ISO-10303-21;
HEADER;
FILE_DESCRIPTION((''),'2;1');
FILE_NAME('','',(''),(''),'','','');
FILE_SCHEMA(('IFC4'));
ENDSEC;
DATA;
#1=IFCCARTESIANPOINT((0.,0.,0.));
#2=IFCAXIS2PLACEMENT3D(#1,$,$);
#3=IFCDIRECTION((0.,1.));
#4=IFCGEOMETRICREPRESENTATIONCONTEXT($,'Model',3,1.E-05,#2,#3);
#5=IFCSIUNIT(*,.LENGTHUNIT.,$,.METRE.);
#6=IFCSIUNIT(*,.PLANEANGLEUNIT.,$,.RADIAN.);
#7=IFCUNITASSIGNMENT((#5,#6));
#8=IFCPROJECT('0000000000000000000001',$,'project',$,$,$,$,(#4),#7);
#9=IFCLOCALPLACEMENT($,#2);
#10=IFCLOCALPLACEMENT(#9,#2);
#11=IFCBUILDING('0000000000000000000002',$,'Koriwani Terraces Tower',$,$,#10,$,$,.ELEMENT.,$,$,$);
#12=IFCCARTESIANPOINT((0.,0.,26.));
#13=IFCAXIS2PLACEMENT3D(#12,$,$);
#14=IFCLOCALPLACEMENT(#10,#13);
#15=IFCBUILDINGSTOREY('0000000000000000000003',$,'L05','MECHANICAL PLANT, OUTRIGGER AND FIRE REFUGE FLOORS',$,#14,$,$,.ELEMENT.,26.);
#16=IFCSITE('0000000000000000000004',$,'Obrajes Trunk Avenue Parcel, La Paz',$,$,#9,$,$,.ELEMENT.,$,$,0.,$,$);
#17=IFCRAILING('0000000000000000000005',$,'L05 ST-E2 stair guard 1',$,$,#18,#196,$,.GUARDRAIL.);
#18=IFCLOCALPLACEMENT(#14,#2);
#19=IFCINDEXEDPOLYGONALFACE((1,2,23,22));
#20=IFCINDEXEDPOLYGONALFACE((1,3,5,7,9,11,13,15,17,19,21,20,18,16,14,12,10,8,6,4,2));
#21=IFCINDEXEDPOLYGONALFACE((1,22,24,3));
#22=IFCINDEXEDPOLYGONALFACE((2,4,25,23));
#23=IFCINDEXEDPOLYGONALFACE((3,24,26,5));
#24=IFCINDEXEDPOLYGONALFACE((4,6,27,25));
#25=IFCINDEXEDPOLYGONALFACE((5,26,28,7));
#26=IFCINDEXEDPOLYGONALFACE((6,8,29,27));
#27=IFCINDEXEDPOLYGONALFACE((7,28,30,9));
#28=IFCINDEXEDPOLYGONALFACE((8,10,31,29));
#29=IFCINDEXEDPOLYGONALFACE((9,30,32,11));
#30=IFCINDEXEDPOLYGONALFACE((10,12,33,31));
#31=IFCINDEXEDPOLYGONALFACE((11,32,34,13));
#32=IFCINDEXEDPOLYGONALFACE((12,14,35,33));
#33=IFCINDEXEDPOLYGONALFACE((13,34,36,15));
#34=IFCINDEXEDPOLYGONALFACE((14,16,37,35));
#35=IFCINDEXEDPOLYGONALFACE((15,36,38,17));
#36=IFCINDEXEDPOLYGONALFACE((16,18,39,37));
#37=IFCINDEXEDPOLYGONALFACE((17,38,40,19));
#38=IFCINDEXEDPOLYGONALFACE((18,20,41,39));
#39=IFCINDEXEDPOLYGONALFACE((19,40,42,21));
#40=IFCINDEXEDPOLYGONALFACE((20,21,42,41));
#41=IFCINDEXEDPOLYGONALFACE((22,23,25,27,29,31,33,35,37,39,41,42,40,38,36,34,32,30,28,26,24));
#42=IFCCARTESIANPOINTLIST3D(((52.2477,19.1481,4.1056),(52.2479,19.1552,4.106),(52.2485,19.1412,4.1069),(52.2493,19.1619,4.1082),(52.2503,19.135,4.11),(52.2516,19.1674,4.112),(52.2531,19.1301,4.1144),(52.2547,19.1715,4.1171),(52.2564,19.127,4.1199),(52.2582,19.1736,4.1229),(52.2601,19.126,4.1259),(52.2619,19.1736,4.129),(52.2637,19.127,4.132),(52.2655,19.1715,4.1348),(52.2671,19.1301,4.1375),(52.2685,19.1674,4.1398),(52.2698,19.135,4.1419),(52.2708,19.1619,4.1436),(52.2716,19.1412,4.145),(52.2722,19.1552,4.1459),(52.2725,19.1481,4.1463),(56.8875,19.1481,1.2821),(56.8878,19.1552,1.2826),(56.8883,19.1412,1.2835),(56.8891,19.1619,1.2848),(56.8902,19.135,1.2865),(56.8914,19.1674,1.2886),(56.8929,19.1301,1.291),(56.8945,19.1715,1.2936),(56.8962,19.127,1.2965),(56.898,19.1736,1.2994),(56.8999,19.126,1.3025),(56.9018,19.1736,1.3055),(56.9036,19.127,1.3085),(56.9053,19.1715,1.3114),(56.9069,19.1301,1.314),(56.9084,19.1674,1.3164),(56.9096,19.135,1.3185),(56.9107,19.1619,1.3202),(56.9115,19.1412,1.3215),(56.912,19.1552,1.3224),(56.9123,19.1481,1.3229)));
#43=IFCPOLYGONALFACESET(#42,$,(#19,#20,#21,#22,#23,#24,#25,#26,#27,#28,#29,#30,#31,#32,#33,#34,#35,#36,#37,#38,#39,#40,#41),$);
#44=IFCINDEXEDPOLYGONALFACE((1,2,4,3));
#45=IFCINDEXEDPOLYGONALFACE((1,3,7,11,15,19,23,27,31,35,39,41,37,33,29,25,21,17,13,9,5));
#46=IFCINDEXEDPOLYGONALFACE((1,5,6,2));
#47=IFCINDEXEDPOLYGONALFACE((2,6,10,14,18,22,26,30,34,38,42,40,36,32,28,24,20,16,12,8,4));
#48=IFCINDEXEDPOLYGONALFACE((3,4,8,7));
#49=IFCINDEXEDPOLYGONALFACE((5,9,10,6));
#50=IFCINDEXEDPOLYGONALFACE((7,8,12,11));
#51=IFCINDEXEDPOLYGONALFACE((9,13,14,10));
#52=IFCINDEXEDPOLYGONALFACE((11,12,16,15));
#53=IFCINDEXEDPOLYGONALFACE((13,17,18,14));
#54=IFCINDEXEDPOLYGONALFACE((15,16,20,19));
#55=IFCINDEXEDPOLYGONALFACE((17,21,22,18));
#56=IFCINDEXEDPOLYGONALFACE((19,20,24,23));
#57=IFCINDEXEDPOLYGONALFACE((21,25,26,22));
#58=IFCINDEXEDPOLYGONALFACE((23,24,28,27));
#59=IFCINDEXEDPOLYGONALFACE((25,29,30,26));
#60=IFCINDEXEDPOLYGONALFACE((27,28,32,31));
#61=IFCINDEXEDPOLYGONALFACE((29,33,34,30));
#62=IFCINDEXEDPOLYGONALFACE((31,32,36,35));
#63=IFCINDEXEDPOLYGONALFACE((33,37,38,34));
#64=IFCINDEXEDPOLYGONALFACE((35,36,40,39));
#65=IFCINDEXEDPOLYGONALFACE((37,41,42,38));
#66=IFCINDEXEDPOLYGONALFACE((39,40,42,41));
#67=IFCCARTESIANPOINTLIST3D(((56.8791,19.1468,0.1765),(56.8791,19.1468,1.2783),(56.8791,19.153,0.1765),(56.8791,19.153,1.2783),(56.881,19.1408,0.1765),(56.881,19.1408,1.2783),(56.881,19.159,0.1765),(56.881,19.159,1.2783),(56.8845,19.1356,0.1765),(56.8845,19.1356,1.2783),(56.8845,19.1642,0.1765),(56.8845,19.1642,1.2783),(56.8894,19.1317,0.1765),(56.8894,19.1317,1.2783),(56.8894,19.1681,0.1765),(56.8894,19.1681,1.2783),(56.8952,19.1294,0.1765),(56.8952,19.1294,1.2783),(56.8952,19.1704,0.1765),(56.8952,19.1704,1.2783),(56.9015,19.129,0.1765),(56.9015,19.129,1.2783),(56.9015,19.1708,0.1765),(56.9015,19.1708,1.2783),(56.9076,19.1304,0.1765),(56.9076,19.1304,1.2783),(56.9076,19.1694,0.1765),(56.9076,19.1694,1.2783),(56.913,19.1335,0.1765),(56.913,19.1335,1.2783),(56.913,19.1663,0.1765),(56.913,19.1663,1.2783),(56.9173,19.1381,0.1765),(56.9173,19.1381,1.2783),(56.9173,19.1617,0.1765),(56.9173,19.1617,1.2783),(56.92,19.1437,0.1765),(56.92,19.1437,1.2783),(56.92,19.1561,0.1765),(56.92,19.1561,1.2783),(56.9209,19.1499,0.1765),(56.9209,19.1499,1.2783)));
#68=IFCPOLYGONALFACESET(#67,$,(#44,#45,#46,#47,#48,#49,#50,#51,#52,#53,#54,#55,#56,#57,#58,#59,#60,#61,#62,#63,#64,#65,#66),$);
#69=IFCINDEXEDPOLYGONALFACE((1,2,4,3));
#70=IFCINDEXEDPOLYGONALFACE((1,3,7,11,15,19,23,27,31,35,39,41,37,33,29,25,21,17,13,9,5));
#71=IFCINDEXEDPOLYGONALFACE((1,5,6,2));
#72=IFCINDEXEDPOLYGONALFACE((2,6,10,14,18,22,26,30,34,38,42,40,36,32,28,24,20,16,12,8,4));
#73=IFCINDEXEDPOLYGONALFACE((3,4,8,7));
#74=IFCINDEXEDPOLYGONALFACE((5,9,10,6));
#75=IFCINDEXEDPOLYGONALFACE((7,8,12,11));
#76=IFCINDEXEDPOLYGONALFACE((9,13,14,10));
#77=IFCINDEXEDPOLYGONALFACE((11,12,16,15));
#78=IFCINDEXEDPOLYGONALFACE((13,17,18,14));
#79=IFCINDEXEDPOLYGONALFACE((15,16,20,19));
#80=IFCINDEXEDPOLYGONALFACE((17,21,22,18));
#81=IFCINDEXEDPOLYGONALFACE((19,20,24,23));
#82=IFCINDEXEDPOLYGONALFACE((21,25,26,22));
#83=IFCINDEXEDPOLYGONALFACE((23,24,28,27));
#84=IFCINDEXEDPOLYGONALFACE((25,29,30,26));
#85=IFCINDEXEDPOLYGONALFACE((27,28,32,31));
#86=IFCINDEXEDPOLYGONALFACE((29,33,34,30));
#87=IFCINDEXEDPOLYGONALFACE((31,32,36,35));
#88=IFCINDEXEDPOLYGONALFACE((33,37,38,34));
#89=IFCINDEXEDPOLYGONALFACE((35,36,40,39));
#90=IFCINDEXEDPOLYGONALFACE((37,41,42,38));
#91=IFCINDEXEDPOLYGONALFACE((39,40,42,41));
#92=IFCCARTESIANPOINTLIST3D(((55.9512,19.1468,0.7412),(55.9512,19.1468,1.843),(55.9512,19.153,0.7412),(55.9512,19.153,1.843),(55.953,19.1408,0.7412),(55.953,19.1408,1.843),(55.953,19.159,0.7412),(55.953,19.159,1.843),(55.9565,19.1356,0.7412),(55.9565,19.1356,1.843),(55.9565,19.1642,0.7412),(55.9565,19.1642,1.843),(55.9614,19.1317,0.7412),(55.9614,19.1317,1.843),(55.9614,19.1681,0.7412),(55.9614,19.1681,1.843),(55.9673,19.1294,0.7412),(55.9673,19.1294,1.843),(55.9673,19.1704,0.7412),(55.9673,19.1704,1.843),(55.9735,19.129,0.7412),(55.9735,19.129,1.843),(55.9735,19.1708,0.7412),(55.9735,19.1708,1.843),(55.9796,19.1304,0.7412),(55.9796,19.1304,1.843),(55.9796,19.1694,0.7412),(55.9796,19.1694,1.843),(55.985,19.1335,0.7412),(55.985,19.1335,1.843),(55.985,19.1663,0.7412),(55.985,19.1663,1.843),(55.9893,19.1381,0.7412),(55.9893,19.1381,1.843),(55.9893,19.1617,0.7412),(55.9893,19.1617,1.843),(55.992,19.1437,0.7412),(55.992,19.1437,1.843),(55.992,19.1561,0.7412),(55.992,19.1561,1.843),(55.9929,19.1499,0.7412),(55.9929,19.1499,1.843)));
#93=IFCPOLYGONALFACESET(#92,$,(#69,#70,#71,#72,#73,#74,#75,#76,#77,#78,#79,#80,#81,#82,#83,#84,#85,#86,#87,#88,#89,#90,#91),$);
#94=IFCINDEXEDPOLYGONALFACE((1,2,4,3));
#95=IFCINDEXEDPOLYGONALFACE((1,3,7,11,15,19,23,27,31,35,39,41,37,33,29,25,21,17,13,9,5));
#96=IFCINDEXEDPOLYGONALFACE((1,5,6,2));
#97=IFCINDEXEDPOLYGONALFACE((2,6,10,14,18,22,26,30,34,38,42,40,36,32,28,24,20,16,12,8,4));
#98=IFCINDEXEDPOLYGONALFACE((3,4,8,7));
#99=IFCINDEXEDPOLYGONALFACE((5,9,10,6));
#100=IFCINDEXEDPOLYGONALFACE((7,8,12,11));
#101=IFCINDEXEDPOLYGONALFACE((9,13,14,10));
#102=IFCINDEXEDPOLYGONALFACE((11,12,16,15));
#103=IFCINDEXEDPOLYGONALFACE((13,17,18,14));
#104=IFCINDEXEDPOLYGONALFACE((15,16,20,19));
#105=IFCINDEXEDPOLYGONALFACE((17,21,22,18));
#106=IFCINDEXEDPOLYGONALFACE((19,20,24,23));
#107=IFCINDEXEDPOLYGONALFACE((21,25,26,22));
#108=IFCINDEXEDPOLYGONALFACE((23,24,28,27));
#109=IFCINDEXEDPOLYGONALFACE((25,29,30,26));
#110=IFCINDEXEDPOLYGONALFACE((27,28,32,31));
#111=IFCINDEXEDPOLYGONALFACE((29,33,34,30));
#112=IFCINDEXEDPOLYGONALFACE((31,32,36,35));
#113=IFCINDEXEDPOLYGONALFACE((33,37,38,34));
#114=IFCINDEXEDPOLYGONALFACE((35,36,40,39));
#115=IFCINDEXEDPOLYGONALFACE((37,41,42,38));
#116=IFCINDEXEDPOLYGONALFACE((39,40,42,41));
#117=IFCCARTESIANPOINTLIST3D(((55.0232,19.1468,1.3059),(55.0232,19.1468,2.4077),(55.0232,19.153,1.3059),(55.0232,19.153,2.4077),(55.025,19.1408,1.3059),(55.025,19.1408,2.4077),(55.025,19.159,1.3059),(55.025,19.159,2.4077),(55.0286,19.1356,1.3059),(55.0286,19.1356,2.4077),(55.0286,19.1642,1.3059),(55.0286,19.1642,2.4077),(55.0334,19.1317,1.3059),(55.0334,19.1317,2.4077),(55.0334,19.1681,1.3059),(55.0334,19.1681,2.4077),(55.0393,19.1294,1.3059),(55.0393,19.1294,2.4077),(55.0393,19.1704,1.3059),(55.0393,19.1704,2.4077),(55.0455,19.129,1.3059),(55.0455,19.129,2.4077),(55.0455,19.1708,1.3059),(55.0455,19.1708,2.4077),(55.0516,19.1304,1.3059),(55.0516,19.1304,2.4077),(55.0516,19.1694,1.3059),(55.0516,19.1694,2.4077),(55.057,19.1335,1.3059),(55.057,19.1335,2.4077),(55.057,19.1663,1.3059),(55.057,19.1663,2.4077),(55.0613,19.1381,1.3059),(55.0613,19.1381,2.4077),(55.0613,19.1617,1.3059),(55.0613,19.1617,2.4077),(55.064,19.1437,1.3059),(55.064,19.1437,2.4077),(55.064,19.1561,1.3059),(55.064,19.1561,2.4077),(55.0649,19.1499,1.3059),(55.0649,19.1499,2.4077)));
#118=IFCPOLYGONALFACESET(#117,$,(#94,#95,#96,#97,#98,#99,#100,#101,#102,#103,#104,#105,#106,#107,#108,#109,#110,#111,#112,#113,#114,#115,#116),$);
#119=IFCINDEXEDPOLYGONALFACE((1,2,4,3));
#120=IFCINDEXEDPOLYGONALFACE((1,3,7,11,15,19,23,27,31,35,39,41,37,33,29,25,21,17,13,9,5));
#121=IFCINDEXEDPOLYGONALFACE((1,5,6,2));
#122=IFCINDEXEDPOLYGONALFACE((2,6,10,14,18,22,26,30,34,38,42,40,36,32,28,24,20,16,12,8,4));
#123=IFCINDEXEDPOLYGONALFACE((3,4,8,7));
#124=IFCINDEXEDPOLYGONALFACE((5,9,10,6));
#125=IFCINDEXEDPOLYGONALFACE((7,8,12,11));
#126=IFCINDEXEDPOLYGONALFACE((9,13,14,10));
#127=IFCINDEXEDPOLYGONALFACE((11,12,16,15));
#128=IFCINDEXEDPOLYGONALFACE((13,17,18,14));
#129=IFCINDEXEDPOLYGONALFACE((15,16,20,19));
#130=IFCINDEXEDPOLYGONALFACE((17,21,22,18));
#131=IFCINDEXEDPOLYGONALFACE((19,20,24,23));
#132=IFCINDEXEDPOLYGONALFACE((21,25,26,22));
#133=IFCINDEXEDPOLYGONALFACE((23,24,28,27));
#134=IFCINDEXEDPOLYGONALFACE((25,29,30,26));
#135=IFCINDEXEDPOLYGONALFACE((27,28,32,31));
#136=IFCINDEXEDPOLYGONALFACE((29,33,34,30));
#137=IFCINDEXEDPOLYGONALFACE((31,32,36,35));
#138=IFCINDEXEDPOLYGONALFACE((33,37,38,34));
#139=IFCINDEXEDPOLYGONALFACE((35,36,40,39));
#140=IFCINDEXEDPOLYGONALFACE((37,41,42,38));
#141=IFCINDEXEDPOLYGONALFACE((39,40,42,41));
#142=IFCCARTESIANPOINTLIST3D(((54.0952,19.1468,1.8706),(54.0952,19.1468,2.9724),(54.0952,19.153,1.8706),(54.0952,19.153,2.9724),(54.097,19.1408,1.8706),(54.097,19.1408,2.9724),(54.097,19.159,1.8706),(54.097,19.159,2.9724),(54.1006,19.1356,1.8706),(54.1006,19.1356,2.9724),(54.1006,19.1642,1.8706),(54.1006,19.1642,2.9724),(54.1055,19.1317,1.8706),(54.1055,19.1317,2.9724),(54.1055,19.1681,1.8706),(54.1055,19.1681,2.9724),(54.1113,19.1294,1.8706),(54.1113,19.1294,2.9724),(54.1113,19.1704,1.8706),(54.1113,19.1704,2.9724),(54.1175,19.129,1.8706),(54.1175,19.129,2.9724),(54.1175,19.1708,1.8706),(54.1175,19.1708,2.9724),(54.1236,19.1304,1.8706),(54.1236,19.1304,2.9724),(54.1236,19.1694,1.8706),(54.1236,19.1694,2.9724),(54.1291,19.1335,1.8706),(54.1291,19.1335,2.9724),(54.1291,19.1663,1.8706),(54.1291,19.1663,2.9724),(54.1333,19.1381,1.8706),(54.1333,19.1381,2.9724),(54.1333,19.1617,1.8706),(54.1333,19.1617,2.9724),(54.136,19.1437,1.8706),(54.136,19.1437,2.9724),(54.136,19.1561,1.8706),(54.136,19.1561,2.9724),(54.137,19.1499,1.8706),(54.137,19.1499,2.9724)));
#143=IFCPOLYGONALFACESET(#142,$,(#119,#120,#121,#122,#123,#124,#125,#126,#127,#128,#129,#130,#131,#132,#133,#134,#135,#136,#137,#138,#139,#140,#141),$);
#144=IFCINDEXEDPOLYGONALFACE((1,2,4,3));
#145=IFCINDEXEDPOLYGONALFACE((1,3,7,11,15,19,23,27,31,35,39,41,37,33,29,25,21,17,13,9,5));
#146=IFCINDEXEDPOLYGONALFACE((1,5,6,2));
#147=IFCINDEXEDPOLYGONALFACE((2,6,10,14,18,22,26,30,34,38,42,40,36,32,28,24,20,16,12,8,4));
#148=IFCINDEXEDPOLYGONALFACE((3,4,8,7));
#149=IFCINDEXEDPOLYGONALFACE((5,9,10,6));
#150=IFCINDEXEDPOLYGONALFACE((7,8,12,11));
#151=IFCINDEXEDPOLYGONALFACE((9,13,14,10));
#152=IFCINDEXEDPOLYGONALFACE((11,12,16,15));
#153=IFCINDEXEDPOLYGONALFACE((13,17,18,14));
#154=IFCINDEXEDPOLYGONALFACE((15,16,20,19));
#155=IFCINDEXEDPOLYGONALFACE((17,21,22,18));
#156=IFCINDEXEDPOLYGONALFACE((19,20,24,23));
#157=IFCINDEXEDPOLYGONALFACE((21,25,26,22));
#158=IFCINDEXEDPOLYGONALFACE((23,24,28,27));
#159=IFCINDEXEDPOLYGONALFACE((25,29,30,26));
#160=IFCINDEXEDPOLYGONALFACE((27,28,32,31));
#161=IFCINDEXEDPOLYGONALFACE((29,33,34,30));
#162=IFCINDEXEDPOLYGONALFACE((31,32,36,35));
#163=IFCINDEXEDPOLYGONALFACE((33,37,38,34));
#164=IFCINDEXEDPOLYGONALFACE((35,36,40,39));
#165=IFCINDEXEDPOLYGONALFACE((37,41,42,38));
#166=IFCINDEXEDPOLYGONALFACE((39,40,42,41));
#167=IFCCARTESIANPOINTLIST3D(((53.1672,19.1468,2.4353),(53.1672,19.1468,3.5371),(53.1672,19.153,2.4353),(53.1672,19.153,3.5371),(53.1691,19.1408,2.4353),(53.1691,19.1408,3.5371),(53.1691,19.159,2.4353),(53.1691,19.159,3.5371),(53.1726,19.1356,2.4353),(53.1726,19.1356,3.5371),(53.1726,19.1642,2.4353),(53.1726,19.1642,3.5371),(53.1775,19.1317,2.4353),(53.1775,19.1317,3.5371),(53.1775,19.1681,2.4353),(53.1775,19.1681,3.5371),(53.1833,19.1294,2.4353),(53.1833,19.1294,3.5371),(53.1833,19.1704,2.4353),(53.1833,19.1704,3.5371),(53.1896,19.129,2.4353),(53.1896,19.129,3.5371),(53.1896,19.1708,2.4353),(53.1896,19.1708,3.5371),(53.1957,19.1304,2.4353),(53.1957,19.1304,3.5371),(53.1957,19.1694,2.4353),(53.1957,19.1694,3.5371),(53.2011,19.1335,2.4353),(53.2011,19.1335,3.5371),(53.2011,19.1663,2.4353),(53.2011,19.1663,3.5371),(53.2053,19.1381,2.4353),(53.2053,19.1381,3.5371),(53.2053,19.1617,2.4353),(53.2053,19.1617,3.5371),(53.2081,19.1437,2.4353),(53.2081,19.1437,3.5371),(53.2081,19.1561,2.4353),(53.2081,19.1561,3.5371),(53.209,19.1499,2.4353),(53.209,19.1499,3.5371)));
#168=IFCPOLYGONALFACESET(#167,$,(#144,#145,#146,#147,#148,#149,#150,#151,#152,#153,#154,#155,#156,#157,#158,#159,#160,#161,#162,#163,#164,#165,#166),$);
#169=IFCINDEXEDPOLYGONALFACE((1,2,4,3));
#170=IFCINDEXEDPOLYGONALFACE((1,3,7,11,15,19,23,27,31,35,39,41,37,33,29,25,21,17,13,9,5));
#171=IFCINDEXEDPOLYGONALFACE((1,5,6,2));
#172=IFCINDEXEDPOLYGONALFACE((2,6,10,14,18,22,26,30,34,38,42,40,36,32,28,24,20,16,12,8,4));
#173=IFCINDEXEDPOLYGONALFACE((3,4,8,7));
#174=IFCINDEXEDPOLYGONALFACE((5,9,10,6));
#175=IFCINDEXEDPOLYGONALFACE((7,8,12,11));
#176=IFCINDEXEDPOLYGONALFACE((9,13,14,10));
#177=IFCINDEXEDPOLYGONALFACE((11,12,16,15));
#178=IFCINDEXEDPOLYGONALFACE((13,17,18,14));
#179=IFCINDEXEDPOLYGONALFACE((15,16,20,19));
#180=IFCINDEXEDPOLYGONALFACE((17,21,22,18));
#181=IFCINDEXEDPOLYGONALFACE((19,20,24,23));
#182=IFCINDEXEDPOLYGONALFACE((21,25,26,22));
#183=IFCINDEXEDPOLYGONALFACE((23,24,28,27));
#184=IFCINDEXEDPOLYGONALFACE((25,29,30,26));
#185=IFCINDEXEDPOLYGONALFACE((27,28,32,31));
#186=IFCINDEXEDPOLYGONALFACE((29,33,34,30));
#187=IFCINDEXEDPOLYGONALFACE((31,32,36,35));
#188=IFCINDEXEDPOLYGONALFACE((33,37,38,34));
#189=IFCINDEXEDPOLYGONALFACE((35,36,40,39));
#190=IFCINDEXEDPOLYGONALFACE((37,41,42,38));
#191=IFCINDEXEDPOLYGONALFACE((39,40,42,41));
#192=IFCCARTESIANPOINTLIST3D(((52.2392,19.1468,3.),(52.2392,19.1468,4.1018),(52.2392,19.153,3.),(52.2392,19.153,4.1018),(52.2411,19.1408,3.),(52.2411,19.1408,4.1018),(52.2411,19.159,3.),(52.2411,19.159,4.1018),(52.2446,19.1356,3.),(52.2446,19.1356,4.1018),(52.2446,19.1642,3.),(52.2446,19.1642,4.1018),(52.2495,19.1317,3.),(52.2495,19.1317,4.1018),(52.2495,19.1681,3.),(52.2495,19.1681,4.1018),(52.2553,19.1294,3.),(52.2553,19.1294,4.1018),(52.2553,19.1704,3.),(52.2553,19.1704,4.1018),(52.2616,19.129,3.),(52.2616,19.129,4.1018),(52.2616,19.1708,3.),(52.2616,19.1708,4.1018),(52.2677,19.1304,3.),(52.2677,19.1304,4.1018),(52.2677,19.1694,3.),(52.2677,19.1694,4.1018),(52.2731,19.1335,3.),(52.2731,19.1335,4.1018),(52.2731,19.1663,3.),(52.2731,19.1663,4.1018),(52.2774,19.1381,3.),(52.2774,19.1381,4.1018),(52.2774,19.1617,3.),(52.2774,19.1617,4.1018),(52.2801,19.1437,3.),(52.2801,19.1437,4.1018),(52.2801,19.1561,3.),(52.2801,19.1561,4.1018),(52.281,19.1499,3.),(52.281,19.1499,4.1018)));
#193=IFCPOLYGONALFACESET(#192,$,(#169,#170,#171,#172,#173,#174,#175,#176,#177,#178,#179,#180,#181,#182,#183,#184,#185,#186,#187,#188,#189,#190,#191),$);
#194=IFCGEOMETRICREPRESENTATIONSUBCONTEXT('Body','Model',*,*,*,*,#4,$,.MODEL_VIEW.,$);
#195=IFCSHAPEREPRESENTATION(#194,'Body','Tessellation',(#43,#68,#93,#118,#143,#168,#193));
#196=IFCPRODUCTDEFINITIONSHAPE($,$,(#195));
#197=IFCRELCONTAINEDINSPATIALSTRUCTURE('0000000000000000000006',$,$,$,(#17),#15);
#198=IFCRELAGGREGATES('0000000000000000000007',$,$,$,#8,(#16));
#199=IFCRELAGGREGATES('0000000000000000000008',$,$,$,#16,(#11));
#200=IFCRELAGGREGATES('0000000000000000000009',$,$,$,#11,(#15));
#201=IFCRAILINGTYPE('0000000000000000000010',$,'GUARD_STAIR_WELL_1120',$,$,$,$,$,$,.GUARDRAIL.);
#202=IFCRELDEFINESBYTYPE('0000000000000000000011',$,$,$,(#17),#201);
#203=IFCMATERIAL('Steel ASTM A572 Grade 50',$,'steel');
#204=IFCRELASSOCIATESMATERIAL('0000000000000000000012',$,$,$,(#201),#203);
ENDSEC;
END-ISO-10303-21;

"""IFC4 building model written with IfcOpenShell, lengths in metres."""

from ifc_helpers import new_model, si_unit, direction, frame, origin, origin_2d, place, context, subcontext, project, spatial, circle, extrude, material, type_object, element, save


model = new_model("IFC4")

# Units and contexts
model_context = context("Model", 3, precision=1e-05, world=origin(), true_north=direction((0.0, 1.0)))
body_context = subcontext(model_context, "Body", "Model", "MODEL_VIEW")
ifc_project = project(units=[si_unit("LENGTHUNIT", "METRE"), si_unit("PLANEANGLEUNIT", "RADIAN")], contexts=[model_context])

# Site, building, storey
site_placement = place(None, origin())
site = spatial("IfcSite", under=ifc_project, at=site_placement, Name="Obrajes Trunk Avenue Parcel, La Paz", CompositionType="ELEMENT", RefElevation=0.0)
building_placement = place(site_placement, origin())
building = spatial("IfcBuilding", under=site, at=building_placement, Name="Koriwani Terraces Tower", CompositionType="ELEMENT")
storey_placement = place(building_placement, frame((0.0, 0.0, 26.0)))
storey = spatial("IfcBuildingStorey", under=building, at=storey_placement, Name="L05", Description="MECHANICAL PLANT, OUTRIGGER AND FIRE REFUGE FLOORS", CompositionType="ELEMENT", Elevation=26.0)

# Shared definitions
ifc_material_1 = material(Name="Steel ASTM A572 Grade 50", Category="steel")

# Railing
railing_type_1 = type_object("IfcRailingType", Name="GUARD_STAIR_WELL_1120", PredefinedType="GUARDRAIL", material=ifc_material_1)
railing_1_placement = place(storey_placement, frame((56.8999, 19.1499, 0.1765)))
element("IfcRailing", 1, at=railing_1_placement, inside=storey, type_object=railing_type_1, Name="L05 ST-E2 stair guard 1", PredefinedType="GUARDRAIL", context=body_context, shape_type="SweptSolid", body=[
    extrude(circle(Radius=0.0239, at=origin_2d()), frame((0.0, 0.0, 1.126), z_axis=(-0.854264, 0.0, 0.51984), x_axis=(0.0, -1.0, 0.0)), (0.0, 0.0, 1.0), 5.4314),
    extrude(circle(Radius=0.021, at=origin_2d()), origin(), (0.0, 0.0, 1.0), 1.1018),
    extrude(circle(Radius=0.021, at=origin_2d()), frame((-0.928, 0.0, 0.5647)), (0.0, 0.0, 1.0), 1.1018),
    extrude(circle(Radius=0.021, at=origin_2d()), frame((-1.856, 0.0, 1.1294)), (0.0, 0.0, 1.0), 1.1018),
    extrude(circle(Radius=0.021, at=origin_2d()), frame((-2.7839, 0.0, 1.6941)), (0.0, 0.0, 1.0), 1.1018),
    extrude(circle(Radius=0.021, at=origin_2d()), frame((-3.7119, 0.0, 2.2588)), (0.0, 0.0, 1.0), 1.1018),
    extrude(circle(Radius=0.021, at=origin_2d()), frame((-4.6399, 0.0, 2.8235)), (0.0, 0.0, 1.0), 1.1018),
])

save(model, "model.ifc")
